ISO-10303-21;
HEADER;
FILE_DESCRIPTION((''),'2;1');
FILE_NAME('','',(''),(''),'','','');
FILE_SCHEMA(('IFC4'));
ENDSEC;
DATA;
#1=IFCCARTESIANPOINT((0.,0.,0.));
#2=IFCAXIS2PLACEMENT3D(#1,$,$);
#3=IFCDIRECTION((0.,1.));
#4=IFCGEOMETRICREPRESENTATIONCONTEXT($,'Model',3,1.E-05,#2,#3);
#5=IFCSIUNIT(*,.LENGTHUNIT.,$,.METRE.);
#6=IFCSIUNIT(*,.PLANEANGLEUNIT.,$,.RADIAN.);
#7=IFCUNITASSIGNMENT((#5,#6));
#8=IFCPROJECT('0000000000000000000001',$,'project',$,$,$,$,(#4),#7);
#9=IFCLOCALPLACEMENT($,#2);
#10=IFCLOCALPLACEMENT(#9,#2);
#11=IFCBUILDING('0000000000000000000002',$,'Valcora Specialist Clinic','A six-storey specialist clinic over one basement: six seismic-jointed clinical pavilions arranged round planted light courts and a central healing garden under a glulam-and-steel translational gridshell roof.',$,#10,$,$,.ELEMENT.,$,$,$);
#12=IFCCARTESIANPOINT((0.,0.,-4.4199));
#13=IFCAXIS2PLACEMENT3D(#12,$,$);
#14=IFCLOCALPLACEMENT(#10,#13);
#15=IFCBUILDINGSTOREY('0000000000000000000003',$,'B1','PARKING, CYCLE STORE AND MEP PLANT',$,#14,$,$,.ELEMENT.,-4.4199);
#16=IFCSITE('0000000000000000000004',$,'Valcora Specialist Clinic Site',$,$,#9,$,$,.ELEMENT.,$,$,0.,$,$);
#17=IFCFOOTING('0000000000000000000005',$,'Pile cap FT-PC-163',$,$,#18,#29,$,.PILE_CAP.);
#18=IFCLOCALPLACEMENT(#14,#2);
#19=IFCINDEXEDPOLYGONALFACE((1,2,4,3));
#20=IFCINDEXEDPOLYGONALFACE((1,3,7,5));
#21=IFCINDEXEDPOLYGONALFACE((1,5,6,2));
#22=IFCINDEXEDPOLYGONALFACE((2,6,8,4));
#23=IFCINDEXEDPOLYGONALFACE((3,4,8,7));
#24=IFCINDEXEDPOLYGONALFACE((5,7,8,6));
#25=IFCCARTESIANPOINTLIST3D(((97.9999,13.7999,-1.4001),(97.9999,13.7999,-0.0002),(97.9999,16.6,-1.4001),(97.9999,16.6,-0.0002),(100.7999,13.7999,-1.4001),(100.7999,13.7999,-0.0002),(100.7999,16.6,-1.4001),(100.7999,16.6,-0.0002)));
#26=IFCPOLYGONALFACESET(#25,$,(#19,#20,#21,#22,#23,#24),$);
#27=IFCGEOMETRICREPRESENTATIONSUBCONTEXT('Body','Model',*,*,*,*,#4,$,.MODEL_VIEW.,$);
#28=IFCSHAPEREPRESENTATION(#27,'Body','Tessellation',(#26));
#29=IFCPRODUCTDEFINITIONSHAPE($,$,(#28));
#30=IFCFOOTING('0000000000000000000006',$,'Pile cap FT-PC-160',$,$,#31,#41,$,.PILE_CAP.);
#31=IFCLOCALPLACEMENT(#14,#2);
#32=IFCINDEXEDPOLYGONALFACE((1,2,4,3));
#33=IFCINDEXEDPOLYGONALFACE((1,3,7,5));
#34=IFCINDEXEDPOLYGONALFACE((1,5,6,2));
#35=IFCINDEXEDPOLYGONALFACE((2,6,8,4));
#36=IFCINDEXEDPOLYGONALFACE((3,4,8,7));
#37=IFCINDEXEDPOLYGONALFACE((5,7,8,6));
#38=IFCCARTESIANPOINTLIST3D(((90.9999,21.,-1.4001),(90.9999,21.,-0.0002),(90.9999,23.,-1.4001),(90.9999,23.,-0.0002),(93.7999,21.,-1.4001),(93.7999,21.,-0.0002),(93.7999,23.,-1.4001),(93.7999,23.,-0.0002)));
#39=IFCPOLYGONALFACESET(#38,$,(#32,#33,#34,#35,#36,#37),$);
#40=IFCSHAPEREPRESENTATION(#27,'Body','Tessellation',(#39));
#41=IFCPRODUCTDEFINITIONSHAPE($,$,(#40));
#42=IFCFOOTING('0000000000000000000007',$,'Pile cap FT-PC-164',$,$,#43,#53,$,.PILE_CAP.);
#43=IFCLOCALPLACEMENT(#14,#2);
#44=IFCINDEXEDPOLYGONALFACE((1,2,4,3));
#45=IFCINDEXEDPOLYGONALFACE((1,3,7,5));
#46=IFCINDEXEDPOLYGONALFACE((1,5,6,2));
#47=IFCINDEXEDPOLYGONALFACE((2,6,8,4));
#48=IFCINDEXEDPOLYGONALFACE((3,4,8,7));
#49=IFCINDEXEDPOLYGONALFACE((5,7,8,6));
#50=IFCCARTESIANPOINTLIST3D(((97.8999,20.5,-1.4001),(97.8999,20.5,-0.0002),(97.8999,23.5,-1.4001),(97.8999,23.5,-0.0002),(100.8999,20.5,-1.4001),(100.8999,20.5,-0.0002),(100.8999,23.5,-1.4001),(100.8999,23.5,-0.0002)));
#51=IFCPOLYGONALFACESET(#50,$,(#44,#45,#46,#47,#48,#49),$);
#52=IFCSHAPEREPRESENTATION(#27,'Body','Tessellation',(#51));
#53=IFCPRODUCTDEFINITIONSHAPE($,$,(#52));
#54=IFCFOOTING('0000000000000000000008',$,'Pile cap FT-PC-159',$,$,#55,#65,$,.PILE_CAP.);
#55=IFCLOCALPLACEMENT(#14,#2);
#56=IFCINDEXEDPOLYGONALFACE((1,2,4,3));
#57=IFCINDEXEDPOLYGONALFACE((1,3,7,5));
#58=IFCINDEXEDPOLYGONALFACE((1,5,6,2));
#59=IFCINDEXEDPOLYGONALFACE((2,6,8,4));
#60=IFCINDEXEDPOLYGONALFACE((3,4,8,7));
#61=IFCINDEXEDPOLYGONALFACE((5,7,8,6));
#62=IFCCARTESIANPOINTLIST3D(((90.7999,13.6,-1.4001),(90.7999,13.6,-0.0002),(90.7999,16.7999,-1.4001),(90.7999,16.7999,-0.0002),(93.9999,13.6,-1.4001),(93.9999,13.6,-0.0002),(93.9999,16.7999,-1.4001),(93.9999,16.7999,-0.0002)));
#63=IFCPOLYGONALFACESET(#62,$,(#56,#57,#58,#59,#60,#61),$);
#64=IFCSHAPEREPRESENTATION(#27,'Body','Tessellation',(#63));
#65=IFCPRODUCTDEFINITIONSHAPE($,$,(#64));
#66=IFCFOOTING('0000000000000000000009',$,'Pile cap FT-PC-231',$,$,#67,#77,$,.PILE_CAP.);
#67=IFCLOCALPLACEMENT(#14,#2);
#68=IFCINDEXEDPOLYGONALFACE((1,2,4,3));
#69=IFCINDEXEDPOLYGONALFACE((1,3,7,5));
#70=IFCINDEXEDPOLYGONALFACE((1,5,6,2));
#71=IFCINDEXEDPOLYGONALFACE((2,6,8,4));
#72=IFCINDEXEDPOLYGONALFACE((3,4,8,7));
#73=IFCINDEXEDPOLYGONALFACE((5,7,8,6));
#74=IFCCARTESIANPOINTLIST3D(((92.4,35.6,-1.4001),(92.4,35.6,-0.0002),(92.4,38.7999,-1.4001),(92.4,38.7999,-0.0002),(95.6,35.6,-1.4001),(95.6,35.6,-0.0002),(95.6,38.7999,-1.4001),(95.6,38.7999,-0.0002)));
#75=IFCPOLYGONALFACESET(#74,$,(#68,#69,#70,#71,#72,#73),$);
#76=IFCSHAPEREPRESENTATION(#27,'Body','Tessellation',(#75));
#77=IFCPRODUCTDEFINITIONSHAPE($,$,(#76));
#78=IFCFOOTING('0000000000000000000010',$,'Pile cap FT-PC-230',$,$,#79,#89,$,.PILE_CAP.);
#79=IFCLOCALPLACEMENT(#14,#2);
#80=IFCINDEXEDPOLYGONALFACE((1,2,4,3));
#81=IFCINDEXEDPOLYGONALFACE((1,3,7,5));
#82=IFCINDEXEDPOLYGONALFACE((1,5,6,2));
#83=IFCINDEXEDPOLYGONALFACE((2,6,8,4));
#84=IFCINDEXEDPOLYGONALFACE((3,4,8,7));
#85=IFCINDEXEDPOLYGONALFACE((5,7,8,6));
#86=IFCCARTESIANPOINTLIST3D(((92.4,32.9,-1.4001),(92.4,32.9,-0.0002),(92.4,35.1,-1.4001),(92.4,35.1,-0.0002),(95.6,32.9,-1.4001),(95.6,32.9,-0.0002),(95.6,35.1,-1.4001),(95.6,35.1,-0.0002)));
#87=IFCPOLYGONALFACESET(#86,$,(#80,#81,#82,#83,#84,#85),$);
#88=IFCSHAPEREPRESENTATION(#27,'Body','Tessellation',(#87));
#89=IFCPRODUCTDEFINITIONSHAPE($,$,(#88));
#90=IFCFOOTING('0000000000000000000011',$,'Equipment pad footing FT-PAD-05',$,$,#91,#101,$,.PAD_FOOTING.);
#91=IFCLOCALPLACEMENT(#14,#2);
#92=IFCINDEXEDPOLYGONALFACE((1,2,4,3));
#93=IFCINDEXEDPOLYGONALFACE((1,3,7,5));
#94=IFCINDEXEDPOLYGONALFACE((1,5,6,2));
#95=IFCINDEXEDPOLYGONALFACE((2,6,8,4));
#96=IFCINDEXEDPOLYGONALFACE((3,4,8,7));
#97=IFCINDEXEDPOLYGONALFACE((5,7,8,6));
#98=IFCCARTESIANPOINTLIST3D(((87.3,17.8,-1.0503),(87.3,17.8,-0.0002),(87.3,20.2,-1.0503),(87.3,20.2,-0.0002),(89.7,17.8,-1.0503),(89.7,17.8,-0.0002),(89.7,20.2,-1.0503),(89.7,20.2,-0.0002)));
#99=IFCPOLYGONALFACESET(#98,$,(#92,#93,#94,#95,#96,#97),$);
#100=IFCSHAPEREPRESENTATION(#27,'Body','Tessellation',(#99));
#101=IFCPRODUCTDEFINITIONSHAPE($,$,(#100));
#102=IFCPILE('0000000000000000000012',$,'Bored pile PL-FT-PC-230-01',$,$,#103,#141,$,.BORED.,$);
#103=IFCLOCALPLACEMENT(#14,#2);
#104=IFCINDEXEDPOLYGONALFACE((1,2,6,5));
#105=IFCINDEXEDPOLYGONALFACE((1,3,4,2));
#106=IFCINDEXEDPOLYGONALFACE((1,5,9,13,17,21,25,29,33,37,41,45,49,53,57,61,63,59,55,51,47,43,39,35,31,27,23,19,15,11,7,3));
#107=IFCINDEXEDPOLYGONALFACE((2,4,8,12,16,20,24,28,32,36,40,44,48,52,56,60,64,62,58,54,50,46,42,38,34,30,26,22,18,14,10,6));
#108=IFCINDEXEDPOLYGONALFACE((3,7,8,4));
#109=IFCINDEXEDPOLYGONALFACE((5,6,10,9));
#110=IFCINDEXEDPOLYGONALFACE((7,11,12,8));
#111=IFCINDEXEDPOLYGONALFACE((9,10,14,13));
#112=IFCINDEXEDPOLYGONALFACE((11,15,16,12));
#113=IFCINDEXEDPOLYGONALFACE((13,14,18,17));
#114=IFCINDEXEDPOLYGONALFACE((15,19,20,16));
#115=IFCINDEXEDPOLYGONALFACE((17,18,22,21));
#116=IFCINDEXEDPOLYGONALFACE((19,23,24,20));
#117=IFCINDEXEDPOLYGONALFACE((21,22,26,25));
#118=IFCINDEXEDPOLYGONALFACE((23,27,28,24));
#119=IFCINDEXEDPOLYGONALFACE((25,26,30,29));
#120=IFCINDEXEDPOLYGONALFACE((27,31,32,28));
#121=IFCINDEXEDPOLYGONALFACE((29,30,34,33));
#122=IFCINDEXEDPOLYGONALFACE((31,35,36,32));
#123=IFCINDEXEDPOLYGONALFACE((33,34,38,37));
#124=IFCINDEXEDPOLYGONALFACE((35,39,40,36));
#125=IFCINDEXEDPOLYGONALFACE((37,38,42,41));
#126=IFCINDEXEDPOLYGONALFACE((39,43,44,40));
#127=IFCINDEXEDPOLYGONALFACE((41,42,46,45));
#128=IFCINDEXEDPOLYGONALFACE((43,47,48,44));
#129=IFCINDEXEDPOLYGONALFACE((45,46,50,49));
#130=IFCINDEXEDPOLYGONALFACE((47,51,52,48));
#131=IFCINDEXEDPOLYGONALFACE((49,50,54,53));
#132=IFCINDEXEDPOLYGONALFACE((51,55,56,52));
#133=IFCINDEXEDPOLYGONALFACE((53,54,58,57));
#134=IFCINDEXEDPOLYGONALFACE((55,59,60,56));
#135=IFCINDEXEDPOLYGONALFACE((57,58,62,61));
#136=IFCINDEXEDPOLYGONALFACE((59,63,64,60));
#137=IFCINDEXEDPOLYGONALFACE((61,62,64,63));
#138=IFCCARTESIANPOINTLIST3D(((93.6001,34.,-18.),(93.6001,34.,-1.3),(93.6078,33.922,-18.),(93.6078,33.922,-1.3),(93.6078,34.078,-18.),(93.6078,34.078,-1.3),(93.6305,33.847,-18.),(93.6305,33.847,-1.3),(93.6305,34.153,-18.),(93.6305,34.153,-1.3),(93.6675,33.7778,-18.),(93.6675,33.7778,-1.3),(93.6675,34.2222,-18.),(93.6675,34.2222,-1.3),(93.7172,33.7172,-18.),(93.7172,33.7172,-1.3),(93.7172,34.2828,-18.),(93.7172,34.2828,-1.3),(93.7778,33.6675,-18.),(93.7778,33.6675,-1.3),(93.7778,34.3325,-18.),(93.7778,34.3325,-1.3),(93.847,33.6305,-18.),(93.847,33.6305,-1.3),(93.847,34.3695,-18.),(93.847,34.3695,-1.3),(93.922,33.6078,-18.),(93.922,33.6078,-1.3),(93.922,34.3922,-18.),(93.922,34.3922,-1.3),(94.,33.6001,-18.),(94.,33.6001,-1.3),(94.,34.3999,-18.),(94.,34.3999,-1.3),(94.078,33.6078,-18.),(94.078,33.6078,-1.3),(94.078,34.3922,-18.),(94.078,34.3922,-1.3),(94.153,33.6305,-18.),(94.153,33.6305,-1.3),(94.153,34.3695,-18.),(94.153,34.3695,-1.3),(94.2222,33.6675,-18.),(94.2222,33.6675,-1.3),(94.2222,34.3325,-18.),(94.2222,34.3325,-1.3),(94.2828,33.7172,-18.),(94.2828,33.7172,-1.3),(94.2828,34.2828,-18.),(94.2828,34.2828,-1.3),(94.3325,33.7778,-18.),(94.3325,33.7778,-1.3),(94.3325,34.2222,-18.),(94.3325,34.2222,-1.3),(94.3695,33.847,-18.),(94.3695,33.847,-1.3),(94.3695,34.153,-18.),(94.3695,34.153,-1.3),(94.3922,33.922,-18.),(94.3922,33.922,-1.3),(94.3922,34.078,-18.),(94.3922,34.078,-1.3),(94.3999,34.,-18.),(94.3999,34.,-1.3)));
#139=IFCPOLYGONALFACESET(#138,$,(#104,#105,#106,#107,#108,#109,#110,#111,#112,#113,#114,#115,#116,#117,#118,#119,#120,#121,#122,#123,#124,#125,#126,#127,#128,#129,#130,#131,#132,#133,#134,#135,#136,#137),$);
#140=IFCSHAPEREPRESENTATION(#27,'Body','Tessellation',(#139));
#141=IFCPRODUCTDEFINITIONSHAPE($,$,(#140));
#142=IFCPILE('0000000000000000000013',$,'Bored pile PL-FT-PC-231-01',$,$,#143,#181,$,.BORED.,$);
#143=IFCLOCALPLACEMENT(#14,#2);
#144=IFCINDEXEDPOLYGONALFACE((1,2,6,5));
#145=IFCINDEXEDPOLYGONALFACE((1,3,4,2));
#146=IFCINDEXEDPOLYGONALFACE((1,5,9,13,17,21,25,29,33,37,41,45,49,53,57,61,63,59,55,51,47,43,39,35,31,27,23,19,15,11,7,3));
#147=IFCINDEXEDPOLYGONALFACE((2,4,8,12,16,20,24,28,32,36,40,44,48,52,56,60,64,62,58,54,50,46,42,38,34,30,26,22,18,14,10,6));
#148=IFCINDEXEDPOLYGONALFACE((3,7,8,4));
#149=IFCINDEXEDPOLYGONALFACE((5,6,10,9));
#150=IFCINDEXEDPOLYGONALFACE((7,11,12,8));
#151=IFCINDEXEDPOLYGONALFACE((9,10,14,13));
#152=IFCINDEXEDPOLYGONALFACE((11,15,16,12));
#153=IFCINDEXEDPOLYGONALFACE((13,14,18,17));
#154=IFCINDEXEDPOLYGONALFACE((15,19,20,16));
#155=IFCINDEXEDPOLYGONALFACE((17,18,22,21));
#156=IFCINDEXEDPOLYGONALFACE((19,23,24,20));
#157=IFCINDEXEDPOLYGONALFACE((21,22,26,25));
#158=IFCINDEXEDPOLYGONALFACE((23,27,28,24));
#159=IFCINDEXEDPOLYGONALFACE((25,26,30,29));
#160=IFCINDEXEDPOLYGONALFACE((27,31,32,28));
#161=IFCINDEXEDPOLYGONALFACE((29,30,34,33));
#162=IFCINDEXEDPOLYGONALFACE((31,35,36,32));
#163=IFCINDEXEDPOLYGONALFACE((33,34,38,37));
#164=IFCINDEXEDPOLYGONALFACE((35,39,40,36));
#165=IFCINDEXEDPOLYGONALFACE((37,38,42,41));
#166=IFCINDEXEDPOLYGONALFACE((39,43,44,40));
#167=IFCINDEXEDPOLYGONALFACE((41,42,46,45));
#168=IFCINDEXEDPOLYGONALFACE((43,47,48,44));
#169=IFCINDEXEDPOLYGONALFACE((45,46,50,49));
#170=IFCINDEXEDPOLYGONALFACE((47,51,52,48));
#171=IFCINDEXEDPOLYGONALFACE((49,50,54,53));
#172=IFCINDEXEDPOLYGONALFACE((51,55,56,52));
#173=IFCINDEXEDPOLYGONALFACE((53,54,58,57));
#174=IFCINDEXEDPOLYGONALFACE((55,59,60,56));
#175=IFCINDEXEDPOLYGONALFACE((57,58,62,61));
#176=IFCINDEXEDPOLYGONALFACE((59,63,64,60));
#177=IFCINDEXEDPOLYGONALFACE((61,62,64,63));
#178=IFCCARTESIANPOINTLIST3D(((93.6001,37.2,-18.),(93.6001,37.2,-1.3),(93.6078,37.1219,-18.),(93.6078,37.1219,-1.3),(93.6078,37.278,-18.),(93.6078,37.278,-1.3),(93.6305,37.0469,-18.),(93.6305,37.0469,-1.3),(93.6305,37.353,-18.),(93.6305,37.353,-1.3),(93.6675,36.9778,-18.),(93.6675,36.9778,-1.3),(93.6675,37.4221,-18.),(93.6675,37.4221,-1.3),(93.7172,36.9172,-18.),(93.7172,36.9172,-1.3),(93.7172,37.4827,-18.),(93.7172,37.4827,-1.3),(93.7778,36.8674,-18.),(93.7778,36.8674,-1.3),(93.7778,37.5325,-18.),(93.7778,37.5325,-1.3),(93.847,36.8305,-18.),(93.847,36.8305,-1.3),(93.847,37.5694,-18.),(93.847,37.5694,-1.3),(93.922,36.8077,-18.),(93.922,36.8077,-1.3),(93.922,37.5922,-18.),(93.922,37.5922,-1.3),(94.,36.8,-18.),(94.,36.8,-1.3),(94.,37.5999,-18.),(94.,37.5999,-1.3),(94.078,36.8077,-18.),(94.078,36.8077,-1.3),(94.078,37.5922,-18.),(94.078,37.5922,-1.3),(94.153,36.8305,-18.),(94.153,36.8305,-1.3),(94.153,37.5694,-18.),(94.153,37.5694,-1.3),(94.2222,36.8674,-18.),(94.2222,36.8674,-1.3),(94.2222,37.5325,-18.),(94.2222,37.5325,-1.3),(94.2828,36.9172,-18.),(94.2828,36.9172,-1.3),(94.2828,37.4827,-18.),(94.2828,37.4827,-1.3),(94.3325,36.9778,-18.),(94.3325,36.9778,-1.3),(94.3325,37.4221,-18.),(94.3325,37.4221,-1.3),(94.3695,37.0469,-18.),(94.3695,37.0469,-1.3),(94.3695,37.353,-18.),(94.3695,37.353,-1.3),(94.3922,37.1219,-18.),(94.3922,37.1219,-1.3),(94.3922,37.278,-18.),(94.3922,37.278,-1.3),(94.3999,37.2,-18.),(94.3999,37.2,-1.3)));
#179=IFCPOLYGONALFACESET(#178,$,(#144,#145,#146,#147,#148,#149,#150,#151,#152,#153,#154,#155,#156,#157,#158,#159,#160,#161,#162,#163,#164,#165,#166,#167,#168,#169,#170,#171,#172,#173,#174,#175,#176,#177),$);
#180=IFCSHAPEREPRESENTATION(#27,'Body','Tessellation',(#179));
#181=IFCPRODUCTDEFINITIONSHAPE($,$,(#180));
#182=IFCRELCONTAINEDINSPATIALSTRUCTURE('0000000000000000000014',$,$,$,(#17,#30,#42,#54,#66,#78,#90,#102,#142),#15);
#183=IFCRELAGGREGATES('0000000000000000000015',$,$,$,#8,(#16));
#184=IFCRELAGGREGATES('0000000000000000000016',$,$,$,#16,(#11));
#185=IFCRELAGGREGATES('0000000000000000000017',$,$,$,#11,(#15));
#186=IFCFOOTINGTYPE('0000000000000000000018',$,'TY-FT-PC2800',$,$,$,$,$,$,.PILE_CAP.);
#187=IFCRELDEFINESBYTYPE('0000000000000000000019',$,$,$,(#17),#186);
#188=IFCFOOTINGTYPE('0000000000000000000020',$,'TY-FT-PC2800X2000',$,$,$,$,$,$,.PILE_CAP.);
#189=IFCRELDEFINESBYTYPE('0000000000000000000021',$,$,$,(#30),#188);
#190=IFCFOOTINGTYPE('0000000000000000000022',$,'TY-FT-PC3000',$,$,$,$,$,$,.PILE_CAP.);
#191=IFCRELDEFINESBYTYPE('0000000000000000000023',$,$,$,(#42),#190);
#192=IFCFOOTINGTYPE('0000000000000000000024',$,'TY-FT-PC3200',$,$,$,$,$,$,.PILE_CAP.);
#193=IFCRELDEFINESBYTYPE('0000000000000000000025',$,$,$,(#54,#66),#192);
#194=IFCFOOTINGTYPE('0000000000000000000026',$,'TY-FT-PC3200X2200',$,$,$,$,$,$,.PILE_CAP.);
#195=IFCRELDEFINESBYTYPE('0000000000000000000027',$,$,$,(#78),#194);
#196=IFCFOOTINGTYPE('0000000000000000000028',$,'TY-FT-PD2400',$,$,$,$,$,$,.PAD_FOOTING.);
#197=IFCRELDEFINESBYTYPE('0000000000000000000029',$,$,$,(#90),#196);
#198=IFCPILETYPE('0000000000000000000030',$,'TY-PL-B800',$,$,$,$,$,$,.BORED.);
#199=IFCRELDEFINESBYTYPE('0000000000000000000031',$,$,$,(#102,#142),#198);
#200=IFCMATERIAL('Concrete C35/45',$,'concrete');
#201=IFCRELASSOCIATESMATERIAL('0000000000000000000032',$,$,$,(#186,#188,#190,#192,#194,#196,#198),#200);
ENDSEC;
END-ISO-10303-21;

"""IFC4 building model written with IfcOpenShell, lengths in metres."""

from ifc_helpers import new_model, si_unit, direction, frame, origin, origin_2d, place, context, subcontext, project, spatial, rectangle, circle, extrude, material, material_profile, profile_set, type_object, element, save


model = new_model("IFC4")

# Units and contexts
model_context = context("Model", 3, precision=1e-05, world=origin(), true_north=direction((0.0, 1.0)))
body_context = subcontext(model_context, "Body", "Model", "MODEL_VIEW")
ifc_project = project(units=[si_unit("LENGTHUNIT", "METRE"), si_unit("PLANEANGLEUNIT", "RADIAN")], contexts=[model_context])

# Site, building, storey
site_placement = place(None, origin())
site = spatial("IfcSite", under=ifc_project, at=site_placement, Name="Valcora Specialist Clinic Site", CompositionType="ELEMENT", RefElevation=0.0)
building_placement = place(site_placement, origin())
building = spatial("IfcBuilding", under=site, at=building_placement, Name="Valcora Specialist Clinic", Description="A six-storey specialist clinic over one basement: six seismic-jointed clinical pavilions arranged round planted light courts and a central healing garden under a glulam-and-steel translational gridshell roof.", CompositionType="ELEMENT")
storey_placement = place(building_placement, frame((0.0, 0.0, -4.4199)))
storey = spatial("IfcBuildingStorey", under=building, at=storey_placement, Name="B1", Description="PARKING, CYCLE STORE AND MEP PLANT", CompositionType="ELEMENT", Elevation=-4.4199)

# Footings
ifc_material_1 = material(Name="Concrete C35/45", Category="concrete")
footing_type_1 = type_object("IfcFootingType", Name="TY-FT-PC2800", PredefinedType="PILE_CAP", material=ifc_material_1)
footing_1_placement = place(storey_placement, frame((99.3999, 15.2, -1.4001), z_axis=(0.0, 0.0, 1.0), x_axis=(1.0, 0.0, 0.0)))
element("IfcFooting", 1, at=footing_1_placement, inside=storey, type_object=footing_type_1, Name="Pile cap FT-PC-163", PredefinedType="PILE_CAP", context=body_context, shape_type="SweptSolid", body=[
    extrude(rectangle(XDim=2.8, YDim=2.8, at=origin_2d()), origin(), (0.0, 0.0, 1.0), 1.3999),
])
footing_type_2 = type_object("IfcFootingType", Name="TY-FT-PC2800X2000", PredefinedType="PILE_CAP", material=ifc_material_1)
footing_2_placement = place(storey_placement, frame((92.3999, 22.0, -1.4001), z_axis=(0.0, 0.0, 1.0), x_axis=(1.0, 0.0, 0.0)))
element("IfcFooting", 2, at=footing_2_placement, inside=storey, type_object=footing_type_2, Name="Pile cap FT-PC-160", PredefinedType="PILE_CAP", context=body_context, shape_type="SweptSolid", body=[
    extrude(rectangle(XDim=2.8, YDim=2.0, at=origin_2d()), origin(), (0.0, 0.0, 1.0), 1.3999),
])
footing_type_3 = type_object("IfcFootingType", Name="TY-FT-PC3000", PredefinedType="PILE_CAP", material=ifc_material_1)
footing_3_placement = place(storey_placement, frame((99.3999, 22.0, -1.4001), z_axis=(0.0, 0.0, 1.0), x_axis=(1.0, 0.0, 0.0)))
element("IfcFooting", 3, at=footing_3_placement, inside=storey, type_object=footing_type_3, Name="Pile cap FT-PC-164", PredefinedType="PILE_CAP", context=body_context, shape_type="SweptSolid", body=[
    extrude(rectangle(XDim=3.0, YDim=3.0, at=origin_2d()), origin(), (0.0, 0.0, 1.0), 1.3999),
])
footing_type_4 = type_object("IfcFootingType", Name="TY-FT-PC3200", PredefinedType="PILE_CAP", material=ifc_material_1)
for number, where, z_axis, x_axis, name in (
    (4, (92.3999, 15.2, -1.4001), (0.0, 0.0, 1.0), (1.0, 0.0, 0.0), "Pile cap FT-PC-159"),
    (5, (94.0, 37.2, -1.4001), (0.0, 0.0, 1.0), (1.0, 0.0, 0.0), "Pile cap FT-PC-231"),
):
    element("IfcFooting", number, at=place(storey_placement, frame(where, z_axis=z_axis, x_axis=x_axis)), inside=storey, type_object=footing_type_4, Name=name, PredefinedType="PILE_CAP", context=body_context, shape_type="SweptSolid", body=[
        extrude(rectangle(XDim=3.2, YDim=3.2, at=origin_2d()), origin(), (0.0, 0.0, 1.0), 1.3999),
    ])
footing_type_5 = type_object("IfcFootingType", Name="TY-FT-PC3200X2200", PredefinedType="PILE_CAP", material=ifc_material_1)
footing_4_placement = place(storey_placement, frame((94.0, 34.0, -1.4001), z_axis=(0.0, 0.0, 1.0), x_axis=(1.0, 0.0, 0.0)))
element("IfcFooting", 6, at=footing_4_placement, inside=storey, type_object=footing_type_5, Name="Pile cap FT-PC-230", PredefinedType="PILE_CAP", context=body_context, shape_type="SweptSolid", body=[
    extrude(rectangle(XDim=3.2, YDim=2.2, at=origin_2d()), origin(), (0.0, 0.0, 1.0), 1.3999),
])
footing_type_6 = type_object("IfcFootingType", Name="TY-FT-PD2400", PredefinedType="PAD_FOOTING", material=ifc_material_1)
footing_5_placement = place(storey_placement, frame((88.5, 19.0, -1.0503), z_axis=(0.0, 0.0, 1.0), x_axis=(1.0, 0.0, 0.0)))
element("IfcFooting", 7, at=footing_5_placement, inside=storey, type_object=footing_type_6, Name="Equipment pad footing FT-PAD-05", PredefinedType="PAD_FOOTING", context=body_context, shape_type="SweptSolid", body=[
    extrude(rectangle(XDim=2.3999, YDim=2.3999, at=origin_2d()), origin(), (0.0, 0.0, 1.0), 1.05),
])

# Piles
ifc_material_profile_1 = material_profile(ifc_material_1, circle(Radius=0.3999, at=origin_2d()), Name="RC-PIL-D800")
ifc_profile_set_1 = profile_set([ifc_material_profile_1], Name="Concrete C35/45")
pile_type_1 = type_object("IfcPileType", Name="TY-PL-B800", PredefinedType="BORED", material=ifc_profile_set_1)
for number, where, z_axis, x_axis, name in (
    (8, (94.0, 34.0, -1.3), (0.0, 0.0, -1.0), (1.0, 0.0, 0.0), "Bored pile PL-FT-PC-230-01"),
    (9, (94.0, 37.2, -1.3), (0.0, 0.0, -1.0), (1.0, 0.0, 0.0), "Bored pile PL-FT-PC-231-01"),
):
    element("IfcPile", number, at=place(storey_placement, frame(where, z_axis=z_axis, x_axis=x_axis)), inside=storey, type_object=pile_type_1, Name=name, PredefinedType="BORED", context=body_context, shape_type="SweptSolid", body=[
        extrude(circle(Radius=0.3999, at=origin_2d()), origin(), (0.0, 0.0, 1.0), 16.7),
    ])

save(model, "model.ifc")
